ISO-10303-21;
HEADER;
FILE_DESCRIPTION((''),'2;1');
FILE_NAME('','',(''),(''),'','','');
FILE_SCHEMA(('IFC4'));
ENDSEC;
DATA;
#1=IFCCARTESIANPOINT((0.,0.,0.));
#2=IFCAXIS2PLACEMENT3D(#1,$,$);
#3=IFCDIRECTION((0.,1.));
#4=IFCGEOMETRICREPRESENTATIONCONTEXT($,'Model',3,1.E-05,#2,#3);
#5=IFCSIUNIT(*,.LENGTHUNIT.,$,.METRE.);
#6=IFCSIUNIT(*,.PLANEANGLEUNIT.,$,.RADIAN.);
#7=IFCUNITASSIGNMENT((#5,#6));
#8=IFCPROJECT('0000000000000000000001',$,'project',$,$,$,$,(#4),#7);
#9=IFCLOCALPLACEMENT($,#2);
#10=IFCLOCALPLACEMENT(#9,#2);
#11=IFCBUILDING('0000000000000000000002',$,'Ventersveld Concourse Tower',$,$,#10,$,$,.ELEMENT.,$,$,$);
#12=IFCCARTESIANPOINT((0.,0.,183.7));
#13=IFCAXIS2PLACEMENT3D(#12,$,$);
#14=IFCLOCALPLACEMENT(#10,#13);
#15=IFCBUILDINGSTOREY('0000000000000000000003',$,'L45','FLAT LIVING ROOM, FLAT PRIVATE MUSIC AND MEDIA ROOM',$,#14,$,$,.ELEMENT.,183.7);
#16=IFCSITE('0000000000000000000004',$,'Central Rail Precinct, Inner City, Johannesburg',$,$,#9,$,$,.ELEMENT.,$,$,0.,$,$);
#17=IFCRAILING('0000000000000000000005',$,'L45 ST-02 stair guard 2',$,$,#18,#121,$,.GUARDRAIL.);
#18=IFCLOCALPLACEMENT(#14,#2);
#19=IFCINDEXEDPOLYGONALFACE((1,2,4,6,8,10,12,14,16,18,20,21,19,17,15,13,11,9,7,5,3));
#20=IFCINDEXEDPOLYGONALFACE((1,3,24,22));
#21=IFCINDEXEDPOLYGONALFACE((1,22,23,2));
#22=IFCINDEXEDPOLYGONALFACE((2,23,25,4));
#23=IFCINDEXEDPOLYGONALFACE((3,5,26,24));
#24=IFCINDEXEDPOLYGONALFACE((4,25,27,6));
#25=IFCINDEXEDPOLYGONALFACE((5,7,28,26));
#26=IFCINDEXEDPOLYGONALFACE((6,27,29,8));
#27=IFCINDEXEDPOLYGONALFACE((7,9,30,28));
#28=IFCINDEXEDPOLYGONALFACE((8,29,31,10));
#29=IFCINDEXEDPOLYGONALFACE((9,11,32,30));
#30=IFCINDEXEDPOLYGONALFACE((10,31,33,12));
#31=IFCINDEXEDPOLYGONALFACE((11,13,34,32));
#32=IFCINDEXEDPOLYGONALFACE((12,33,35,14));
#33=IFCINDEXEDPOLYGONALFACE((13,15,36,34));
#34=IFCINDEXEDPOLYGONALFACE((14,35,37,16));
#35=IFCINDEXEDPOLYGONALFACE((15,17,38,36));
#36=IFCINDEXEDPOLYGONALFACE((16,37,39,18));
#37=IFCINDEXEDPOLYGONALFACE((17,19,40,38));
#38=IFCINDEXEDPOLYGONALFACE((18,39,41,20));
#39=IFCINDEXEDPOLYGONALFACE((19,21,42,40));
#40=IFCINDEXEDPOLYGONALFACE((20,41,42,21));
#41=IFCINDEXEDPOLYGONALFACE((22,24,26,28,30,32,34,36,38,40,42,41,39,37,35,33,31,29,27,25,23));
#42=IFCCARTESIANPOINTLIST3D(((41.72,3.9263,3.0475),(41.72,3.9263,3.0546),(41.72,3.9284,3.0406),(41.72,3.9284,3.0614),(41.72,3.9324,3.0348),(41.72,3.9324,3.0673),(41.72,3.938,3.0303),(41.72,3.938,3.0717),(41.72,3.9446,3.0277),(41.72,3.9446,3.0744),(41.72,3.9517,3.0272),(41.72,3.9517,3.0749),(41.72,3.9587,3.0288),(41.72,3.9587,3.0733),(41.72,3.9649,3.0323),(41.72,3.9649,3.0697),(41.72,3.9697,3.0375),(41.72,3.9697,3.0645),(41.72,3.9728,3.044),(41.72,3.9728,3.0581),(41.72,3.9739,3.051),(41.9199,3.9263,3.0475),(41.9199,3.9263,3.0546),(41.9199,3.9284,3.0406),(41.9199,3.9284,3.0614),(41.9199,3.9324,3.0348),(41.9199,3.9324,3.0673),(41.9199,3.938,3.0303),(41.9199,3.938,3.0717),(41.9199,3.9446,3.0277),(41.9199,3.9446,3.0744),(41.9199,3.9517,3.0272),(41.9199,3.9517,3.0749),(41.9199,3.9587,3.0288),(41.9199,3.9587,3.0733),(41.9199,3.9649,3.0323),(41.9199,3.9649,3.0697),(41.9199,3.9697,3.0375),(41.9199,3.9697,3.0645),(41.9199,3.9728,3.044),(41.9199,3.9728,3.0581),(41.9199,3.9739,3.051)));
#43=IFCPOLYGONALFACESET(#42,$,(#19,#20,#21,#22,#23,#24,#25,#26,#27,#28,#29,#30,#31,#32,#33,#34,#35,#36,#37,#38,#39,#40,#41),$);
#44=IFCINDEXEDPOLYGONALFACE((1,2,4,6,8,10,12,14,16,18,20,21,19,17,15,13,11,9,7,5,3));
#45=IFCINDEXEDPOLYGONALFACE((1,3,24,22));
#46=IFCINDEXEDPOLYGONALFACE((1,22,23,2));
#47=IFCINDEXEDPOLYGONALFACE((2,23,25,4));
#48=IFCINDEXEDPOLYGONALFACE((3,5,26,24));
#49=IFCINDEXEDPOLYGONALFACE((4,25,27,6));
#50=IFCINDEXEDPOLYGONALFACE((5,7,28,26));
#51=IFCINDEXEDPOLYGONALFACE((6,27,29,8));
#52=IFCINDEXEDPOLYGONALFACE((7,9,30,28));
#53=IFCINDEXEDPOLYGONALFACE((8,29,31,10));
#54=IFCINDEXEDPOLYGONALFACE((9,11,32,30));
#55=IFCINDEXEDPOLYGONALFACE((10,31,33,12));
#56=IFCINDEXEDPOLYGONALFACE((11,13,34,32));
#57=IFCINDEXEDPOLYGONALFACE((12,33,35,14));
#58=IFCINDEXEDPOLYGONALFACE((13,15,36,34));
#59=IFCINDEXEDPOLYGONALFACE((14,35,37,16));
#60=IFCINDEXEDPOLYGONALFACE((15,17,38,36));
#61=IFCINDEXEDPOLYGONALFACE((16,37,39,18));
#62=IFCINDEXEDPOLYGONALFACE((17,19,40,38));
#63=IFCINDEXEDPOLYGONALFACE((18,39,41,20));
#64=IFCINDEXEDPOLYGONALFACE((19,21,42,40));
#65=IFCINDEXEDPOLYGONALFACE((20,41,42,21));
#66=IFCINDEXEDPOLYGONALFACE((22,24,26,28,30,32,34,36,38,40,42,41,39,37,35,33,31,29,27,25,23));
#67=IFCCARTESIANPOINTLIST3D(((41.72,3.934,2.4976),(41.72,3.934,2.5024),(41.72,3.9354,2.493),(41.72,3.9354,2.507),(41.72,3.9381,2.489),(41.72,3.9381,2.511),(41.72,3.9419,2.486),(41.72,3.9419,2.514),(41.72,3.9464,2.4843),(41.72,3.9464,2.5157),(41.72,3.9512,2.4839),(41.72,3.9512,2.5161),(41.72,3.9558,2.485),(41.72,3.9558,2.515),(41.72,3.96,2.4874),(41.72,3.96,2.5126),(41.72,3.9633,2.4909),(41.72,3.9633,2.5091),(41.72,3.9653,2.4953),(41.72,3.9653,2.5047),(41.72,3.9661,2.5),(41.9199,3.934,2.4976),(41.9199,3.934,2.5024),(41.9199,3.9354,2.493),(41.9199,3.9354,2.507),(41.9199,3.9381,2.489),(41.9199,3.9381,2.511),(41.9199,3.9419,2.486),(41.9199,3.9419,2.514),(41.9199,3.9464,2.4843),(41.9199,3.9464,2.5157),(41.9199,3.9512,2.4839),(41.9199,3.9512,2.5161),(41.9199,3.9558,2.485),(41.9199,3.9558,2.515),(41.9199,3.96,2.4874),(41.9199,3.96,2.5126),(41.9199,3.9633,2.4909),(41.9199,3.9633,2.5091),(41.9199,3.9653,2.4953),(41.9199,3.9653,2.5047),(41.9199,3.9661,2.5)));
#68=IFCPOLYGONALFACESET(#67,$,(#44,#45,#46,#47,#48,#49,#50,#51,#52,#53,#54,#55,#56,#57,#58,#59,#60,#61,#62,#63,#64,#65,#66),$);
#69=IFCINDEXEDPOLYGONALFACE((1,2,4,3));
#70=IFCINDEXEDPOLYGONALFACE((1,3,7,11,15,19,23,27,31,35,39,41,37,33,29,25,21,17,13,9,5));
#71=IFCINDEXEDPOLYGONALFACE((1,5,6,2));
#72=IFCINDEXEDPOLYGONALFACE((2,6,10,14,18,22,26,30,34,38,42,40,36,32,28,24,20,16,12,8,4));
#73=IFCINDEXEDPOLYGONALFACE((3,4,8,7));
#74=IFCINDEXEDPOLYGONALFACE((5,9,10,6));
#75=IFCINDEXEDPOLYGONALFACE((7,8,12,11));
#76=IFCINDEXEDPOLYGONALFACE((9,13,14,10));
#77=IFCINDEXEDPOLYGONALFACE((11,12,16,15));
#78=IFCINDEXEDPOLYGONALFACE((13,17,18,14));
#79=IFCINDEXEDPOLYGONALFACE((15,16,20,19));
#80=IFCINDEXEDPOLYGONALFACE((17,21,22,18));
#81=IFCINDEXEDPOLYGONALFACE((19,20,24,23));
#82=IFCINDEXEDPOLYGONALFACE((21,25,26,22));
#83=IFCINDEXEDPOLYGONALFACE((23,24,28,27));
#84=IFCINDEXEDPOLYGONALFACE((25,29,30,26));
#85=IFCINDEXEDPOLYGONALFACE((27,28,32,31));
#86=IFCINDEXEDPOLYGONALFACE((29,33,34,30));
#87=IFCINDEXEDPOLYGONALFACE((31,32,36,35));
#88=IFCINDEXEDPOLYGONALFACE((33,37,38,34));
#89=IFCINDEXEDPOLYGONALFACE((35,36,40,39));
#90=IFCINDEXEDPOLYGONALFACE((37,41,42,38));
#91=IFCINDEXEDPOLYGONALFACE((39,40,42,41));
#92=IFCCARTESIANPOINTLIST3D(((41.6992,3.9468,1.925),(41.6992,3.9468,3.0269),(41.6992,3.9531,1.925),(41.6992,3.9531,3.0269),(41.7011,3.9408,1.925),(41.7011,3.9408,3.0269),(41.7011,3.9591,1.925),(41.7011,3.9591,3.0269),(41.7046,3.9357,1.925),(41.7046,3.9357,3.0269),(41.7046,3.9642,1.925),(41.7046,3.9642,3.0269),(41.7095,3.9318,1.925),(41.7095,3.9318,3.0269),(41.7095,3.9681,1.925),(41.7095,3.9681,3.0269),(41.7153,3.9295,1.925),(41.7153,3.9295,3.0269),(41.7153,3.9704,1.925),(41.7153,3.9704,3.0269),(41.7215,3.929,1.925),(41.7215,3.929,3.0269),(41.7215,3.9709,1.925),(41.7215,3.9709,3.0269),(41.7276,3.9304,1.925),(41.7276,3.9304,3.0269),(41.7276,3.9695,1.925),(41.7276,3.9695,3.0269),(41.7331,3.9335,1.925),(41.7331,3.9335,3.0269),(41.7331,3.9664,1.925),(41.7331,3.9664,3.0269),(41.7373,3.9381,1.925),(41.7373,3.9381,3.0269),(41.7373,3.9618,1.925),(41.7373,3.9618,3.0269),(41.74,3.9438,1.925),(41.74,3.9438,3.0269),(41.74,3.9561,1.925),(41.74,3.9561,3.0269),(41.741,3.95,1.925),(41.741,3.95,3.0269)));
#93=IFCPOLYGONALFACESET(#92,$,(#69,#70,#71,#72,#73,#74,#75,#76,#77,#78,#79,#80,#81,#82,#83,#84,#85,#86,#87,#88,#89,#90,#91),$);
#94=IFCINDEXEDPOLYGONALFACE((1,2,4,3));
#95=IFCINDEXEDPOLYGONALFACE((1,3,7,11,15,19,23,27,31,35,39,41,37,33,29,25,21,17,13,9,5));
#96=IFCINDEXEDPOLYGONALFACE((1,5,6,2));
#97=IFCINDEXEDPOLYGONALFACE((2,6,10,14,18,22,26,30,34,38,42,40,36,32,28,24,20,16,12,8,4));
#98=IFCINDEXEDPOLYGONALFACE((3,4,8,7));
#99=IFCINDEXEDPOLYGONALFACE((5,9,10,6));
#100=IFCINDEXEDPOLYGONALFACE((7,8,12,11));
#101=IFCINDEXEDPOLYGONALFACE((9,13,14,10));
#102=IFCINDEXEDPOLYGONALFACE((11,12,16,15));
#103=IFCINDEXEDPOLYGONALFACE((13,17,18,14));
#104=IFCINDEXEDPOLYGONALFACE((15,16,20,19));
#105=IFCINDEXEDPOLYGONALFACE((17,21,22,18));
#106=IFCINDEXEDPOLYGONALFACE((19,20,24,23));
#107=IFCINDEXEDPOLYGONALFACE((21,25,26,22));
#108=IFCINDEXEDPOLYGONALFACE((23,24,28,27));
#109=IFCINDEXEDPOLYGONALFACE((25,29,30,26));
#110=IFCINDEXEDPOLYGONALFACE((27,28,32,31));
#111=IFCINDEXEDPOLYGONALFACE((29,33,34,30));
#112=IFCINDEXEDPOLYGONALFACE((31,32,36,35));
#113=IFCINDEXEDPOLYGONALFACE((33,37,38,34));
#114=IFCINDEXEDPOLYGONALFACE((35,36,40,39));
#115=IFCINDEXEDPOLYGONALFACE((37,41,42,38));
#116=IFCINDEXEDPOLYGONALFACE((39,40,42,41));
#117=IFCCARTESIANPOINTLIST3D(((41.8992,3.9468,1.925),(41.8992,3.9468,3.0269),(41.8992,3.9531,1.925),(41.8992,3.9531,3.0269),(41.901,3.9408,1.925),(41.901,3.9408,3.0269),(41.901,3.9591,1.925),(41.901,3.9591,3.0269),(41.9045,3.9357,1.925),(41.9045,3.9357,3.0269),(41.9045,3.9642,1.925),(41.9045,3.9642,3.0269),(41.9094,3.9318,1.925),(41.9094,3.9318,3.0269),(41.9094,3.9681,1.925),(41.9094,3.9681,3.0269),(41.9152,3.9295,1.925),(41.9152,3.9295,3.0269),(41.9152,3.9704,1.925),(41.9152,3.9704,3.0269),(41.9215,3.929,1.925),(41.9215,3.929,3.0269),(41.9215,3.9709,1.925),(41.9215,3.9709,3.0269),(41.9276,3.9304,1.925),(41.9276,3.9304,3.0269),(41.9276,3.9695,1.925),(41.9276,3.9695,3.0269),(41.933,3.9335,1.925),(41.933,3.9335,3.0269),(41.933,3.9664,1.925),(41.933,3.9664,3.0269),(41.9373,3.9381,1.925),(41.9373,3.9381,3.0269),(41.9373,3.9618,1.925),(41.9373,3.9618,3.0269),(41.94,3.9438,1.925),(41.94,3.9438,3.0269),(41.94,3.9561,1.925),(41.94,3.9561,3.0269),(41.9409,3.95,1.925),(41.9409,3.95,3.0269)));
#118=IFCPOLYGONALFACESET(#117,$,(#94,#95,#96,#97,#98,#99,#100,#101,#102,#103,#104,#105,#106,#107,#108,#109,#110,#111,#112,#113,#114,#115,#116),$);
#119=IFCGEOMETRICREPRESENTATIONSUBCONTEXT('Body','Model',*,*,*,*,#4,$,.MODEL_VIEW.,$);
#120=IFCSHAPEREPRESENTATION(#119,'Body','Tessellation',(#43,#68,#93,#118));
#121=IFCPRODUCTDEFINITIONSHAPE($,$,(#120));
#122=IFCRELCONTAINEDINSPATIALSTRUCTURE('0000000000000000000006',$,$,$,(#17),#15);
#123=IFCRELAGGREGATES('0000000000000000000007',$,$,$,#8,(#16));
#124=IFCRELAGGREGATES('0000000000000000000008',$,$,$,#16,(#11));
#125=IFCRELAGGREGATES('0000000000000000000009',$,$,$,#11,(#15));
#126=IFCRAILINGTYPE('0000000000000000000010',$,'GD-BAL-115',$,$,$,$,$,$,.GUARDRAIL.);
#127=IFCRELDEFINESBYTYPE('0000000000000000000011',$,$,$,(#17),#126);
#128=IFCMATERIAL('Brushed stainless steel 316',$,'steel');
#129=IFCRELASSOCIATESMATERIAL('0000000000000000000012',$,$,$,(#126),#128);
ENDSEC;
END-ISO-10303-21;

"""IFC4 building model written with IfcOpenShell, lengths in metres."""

from ifc_helpers import new_model, si_unit, direction, frame, origin, origin_2d, place, context, subcontext, project, spatial, circle, extrude, material, type_object, element, save


model = new_model("IFC4")

# Units and contexts
model_context = context("Model", 3, precision=1e-05, world=origin(), true_north=direction((0.0, 1.0)))
body_context = subcontext(model_context, "Body", "Model", "MODEL_VIEW")
ifc_project = project(units=[si_unit("LENGTHUNIT", "METRE"), si_unit("PLANEANGLEUNIT", "RADIAN")], contexts=[model_context])

# Site, building, storey
site_placement = place(None, origin())
site = spatial("IfcSite", under=ifc_project, at=site_placement, Name="Central Rail Precinct, Inner City, Johannesburg", CompositionType="ELEMENT", RefElevation=0.0)
building_placement = place(site_placement, origin())
building = spatial("IfcBuilding", under=site, at=building_placement, Name="Ventersveld Concourse Tower", CompositionType="ELEMENT")
storey_placement = place(building_placement, frame((0.0, 0.0, 183.7)))
storey = spatial("IfcBuildingStorey", under=building, at=storey_placement, Name="L45", Description="FLAT LIVING ROOM, FLAT PRIVATE MUSIC AND MEDIA ROOM", CompositionType="ELEMENT", Elevation=183.7)

# Shared definitions
ifc_material_1 = material(Name="Brushed stainless steel 316", Category="steel")

# Railing
railing_type_1 = type_object("IfcRailingType", Name="GD-BAL-115", PredefinedType="GUARDRAIL", material=ifc_material_1)
railing_1_placement = place(storey_placement, frame((41.72, 3.95, 1.925)))
element("IfcRailing", 1, at=railing_1_placement, inside=storey, type_object=railing_type_1, Name="L45 ST-02 stair guard 2", PredefinedType="GUARDRAIL", context=body_context, shape_type="SweptSolid", body=[
    extrude(circle(Radius=0.0239, at=origin_2d()), frame((0.0, 0.0, 1.126), z_axis=(1.0, 0.0, 0.0), x_axis=(0.0, 1.0, 0.0)), (0.0, 0.0, 1.0), 0.2),
    extrude(circle(Radius=0.0161, at=origin_2d()), frame((0.0, 0.0, 0.575), z_axis=(1.0, 0.0, 0.0), x_axis=(0.0, 1.0, 0.0)), (0.0, 0.0, 1.0), 0.2),
    extrude(circle(Radius=0.021, at=origin_2d()), origin(), (0.0, 0.0, 1.0), 1.1018),
    extrude(circle(Radius=0.021, at=origin_2d()), frame((0.2, 0.0, 0.0)), (0.0, 0.0, 1.0), 1.1018),
])

save(model, "model.ifc")
